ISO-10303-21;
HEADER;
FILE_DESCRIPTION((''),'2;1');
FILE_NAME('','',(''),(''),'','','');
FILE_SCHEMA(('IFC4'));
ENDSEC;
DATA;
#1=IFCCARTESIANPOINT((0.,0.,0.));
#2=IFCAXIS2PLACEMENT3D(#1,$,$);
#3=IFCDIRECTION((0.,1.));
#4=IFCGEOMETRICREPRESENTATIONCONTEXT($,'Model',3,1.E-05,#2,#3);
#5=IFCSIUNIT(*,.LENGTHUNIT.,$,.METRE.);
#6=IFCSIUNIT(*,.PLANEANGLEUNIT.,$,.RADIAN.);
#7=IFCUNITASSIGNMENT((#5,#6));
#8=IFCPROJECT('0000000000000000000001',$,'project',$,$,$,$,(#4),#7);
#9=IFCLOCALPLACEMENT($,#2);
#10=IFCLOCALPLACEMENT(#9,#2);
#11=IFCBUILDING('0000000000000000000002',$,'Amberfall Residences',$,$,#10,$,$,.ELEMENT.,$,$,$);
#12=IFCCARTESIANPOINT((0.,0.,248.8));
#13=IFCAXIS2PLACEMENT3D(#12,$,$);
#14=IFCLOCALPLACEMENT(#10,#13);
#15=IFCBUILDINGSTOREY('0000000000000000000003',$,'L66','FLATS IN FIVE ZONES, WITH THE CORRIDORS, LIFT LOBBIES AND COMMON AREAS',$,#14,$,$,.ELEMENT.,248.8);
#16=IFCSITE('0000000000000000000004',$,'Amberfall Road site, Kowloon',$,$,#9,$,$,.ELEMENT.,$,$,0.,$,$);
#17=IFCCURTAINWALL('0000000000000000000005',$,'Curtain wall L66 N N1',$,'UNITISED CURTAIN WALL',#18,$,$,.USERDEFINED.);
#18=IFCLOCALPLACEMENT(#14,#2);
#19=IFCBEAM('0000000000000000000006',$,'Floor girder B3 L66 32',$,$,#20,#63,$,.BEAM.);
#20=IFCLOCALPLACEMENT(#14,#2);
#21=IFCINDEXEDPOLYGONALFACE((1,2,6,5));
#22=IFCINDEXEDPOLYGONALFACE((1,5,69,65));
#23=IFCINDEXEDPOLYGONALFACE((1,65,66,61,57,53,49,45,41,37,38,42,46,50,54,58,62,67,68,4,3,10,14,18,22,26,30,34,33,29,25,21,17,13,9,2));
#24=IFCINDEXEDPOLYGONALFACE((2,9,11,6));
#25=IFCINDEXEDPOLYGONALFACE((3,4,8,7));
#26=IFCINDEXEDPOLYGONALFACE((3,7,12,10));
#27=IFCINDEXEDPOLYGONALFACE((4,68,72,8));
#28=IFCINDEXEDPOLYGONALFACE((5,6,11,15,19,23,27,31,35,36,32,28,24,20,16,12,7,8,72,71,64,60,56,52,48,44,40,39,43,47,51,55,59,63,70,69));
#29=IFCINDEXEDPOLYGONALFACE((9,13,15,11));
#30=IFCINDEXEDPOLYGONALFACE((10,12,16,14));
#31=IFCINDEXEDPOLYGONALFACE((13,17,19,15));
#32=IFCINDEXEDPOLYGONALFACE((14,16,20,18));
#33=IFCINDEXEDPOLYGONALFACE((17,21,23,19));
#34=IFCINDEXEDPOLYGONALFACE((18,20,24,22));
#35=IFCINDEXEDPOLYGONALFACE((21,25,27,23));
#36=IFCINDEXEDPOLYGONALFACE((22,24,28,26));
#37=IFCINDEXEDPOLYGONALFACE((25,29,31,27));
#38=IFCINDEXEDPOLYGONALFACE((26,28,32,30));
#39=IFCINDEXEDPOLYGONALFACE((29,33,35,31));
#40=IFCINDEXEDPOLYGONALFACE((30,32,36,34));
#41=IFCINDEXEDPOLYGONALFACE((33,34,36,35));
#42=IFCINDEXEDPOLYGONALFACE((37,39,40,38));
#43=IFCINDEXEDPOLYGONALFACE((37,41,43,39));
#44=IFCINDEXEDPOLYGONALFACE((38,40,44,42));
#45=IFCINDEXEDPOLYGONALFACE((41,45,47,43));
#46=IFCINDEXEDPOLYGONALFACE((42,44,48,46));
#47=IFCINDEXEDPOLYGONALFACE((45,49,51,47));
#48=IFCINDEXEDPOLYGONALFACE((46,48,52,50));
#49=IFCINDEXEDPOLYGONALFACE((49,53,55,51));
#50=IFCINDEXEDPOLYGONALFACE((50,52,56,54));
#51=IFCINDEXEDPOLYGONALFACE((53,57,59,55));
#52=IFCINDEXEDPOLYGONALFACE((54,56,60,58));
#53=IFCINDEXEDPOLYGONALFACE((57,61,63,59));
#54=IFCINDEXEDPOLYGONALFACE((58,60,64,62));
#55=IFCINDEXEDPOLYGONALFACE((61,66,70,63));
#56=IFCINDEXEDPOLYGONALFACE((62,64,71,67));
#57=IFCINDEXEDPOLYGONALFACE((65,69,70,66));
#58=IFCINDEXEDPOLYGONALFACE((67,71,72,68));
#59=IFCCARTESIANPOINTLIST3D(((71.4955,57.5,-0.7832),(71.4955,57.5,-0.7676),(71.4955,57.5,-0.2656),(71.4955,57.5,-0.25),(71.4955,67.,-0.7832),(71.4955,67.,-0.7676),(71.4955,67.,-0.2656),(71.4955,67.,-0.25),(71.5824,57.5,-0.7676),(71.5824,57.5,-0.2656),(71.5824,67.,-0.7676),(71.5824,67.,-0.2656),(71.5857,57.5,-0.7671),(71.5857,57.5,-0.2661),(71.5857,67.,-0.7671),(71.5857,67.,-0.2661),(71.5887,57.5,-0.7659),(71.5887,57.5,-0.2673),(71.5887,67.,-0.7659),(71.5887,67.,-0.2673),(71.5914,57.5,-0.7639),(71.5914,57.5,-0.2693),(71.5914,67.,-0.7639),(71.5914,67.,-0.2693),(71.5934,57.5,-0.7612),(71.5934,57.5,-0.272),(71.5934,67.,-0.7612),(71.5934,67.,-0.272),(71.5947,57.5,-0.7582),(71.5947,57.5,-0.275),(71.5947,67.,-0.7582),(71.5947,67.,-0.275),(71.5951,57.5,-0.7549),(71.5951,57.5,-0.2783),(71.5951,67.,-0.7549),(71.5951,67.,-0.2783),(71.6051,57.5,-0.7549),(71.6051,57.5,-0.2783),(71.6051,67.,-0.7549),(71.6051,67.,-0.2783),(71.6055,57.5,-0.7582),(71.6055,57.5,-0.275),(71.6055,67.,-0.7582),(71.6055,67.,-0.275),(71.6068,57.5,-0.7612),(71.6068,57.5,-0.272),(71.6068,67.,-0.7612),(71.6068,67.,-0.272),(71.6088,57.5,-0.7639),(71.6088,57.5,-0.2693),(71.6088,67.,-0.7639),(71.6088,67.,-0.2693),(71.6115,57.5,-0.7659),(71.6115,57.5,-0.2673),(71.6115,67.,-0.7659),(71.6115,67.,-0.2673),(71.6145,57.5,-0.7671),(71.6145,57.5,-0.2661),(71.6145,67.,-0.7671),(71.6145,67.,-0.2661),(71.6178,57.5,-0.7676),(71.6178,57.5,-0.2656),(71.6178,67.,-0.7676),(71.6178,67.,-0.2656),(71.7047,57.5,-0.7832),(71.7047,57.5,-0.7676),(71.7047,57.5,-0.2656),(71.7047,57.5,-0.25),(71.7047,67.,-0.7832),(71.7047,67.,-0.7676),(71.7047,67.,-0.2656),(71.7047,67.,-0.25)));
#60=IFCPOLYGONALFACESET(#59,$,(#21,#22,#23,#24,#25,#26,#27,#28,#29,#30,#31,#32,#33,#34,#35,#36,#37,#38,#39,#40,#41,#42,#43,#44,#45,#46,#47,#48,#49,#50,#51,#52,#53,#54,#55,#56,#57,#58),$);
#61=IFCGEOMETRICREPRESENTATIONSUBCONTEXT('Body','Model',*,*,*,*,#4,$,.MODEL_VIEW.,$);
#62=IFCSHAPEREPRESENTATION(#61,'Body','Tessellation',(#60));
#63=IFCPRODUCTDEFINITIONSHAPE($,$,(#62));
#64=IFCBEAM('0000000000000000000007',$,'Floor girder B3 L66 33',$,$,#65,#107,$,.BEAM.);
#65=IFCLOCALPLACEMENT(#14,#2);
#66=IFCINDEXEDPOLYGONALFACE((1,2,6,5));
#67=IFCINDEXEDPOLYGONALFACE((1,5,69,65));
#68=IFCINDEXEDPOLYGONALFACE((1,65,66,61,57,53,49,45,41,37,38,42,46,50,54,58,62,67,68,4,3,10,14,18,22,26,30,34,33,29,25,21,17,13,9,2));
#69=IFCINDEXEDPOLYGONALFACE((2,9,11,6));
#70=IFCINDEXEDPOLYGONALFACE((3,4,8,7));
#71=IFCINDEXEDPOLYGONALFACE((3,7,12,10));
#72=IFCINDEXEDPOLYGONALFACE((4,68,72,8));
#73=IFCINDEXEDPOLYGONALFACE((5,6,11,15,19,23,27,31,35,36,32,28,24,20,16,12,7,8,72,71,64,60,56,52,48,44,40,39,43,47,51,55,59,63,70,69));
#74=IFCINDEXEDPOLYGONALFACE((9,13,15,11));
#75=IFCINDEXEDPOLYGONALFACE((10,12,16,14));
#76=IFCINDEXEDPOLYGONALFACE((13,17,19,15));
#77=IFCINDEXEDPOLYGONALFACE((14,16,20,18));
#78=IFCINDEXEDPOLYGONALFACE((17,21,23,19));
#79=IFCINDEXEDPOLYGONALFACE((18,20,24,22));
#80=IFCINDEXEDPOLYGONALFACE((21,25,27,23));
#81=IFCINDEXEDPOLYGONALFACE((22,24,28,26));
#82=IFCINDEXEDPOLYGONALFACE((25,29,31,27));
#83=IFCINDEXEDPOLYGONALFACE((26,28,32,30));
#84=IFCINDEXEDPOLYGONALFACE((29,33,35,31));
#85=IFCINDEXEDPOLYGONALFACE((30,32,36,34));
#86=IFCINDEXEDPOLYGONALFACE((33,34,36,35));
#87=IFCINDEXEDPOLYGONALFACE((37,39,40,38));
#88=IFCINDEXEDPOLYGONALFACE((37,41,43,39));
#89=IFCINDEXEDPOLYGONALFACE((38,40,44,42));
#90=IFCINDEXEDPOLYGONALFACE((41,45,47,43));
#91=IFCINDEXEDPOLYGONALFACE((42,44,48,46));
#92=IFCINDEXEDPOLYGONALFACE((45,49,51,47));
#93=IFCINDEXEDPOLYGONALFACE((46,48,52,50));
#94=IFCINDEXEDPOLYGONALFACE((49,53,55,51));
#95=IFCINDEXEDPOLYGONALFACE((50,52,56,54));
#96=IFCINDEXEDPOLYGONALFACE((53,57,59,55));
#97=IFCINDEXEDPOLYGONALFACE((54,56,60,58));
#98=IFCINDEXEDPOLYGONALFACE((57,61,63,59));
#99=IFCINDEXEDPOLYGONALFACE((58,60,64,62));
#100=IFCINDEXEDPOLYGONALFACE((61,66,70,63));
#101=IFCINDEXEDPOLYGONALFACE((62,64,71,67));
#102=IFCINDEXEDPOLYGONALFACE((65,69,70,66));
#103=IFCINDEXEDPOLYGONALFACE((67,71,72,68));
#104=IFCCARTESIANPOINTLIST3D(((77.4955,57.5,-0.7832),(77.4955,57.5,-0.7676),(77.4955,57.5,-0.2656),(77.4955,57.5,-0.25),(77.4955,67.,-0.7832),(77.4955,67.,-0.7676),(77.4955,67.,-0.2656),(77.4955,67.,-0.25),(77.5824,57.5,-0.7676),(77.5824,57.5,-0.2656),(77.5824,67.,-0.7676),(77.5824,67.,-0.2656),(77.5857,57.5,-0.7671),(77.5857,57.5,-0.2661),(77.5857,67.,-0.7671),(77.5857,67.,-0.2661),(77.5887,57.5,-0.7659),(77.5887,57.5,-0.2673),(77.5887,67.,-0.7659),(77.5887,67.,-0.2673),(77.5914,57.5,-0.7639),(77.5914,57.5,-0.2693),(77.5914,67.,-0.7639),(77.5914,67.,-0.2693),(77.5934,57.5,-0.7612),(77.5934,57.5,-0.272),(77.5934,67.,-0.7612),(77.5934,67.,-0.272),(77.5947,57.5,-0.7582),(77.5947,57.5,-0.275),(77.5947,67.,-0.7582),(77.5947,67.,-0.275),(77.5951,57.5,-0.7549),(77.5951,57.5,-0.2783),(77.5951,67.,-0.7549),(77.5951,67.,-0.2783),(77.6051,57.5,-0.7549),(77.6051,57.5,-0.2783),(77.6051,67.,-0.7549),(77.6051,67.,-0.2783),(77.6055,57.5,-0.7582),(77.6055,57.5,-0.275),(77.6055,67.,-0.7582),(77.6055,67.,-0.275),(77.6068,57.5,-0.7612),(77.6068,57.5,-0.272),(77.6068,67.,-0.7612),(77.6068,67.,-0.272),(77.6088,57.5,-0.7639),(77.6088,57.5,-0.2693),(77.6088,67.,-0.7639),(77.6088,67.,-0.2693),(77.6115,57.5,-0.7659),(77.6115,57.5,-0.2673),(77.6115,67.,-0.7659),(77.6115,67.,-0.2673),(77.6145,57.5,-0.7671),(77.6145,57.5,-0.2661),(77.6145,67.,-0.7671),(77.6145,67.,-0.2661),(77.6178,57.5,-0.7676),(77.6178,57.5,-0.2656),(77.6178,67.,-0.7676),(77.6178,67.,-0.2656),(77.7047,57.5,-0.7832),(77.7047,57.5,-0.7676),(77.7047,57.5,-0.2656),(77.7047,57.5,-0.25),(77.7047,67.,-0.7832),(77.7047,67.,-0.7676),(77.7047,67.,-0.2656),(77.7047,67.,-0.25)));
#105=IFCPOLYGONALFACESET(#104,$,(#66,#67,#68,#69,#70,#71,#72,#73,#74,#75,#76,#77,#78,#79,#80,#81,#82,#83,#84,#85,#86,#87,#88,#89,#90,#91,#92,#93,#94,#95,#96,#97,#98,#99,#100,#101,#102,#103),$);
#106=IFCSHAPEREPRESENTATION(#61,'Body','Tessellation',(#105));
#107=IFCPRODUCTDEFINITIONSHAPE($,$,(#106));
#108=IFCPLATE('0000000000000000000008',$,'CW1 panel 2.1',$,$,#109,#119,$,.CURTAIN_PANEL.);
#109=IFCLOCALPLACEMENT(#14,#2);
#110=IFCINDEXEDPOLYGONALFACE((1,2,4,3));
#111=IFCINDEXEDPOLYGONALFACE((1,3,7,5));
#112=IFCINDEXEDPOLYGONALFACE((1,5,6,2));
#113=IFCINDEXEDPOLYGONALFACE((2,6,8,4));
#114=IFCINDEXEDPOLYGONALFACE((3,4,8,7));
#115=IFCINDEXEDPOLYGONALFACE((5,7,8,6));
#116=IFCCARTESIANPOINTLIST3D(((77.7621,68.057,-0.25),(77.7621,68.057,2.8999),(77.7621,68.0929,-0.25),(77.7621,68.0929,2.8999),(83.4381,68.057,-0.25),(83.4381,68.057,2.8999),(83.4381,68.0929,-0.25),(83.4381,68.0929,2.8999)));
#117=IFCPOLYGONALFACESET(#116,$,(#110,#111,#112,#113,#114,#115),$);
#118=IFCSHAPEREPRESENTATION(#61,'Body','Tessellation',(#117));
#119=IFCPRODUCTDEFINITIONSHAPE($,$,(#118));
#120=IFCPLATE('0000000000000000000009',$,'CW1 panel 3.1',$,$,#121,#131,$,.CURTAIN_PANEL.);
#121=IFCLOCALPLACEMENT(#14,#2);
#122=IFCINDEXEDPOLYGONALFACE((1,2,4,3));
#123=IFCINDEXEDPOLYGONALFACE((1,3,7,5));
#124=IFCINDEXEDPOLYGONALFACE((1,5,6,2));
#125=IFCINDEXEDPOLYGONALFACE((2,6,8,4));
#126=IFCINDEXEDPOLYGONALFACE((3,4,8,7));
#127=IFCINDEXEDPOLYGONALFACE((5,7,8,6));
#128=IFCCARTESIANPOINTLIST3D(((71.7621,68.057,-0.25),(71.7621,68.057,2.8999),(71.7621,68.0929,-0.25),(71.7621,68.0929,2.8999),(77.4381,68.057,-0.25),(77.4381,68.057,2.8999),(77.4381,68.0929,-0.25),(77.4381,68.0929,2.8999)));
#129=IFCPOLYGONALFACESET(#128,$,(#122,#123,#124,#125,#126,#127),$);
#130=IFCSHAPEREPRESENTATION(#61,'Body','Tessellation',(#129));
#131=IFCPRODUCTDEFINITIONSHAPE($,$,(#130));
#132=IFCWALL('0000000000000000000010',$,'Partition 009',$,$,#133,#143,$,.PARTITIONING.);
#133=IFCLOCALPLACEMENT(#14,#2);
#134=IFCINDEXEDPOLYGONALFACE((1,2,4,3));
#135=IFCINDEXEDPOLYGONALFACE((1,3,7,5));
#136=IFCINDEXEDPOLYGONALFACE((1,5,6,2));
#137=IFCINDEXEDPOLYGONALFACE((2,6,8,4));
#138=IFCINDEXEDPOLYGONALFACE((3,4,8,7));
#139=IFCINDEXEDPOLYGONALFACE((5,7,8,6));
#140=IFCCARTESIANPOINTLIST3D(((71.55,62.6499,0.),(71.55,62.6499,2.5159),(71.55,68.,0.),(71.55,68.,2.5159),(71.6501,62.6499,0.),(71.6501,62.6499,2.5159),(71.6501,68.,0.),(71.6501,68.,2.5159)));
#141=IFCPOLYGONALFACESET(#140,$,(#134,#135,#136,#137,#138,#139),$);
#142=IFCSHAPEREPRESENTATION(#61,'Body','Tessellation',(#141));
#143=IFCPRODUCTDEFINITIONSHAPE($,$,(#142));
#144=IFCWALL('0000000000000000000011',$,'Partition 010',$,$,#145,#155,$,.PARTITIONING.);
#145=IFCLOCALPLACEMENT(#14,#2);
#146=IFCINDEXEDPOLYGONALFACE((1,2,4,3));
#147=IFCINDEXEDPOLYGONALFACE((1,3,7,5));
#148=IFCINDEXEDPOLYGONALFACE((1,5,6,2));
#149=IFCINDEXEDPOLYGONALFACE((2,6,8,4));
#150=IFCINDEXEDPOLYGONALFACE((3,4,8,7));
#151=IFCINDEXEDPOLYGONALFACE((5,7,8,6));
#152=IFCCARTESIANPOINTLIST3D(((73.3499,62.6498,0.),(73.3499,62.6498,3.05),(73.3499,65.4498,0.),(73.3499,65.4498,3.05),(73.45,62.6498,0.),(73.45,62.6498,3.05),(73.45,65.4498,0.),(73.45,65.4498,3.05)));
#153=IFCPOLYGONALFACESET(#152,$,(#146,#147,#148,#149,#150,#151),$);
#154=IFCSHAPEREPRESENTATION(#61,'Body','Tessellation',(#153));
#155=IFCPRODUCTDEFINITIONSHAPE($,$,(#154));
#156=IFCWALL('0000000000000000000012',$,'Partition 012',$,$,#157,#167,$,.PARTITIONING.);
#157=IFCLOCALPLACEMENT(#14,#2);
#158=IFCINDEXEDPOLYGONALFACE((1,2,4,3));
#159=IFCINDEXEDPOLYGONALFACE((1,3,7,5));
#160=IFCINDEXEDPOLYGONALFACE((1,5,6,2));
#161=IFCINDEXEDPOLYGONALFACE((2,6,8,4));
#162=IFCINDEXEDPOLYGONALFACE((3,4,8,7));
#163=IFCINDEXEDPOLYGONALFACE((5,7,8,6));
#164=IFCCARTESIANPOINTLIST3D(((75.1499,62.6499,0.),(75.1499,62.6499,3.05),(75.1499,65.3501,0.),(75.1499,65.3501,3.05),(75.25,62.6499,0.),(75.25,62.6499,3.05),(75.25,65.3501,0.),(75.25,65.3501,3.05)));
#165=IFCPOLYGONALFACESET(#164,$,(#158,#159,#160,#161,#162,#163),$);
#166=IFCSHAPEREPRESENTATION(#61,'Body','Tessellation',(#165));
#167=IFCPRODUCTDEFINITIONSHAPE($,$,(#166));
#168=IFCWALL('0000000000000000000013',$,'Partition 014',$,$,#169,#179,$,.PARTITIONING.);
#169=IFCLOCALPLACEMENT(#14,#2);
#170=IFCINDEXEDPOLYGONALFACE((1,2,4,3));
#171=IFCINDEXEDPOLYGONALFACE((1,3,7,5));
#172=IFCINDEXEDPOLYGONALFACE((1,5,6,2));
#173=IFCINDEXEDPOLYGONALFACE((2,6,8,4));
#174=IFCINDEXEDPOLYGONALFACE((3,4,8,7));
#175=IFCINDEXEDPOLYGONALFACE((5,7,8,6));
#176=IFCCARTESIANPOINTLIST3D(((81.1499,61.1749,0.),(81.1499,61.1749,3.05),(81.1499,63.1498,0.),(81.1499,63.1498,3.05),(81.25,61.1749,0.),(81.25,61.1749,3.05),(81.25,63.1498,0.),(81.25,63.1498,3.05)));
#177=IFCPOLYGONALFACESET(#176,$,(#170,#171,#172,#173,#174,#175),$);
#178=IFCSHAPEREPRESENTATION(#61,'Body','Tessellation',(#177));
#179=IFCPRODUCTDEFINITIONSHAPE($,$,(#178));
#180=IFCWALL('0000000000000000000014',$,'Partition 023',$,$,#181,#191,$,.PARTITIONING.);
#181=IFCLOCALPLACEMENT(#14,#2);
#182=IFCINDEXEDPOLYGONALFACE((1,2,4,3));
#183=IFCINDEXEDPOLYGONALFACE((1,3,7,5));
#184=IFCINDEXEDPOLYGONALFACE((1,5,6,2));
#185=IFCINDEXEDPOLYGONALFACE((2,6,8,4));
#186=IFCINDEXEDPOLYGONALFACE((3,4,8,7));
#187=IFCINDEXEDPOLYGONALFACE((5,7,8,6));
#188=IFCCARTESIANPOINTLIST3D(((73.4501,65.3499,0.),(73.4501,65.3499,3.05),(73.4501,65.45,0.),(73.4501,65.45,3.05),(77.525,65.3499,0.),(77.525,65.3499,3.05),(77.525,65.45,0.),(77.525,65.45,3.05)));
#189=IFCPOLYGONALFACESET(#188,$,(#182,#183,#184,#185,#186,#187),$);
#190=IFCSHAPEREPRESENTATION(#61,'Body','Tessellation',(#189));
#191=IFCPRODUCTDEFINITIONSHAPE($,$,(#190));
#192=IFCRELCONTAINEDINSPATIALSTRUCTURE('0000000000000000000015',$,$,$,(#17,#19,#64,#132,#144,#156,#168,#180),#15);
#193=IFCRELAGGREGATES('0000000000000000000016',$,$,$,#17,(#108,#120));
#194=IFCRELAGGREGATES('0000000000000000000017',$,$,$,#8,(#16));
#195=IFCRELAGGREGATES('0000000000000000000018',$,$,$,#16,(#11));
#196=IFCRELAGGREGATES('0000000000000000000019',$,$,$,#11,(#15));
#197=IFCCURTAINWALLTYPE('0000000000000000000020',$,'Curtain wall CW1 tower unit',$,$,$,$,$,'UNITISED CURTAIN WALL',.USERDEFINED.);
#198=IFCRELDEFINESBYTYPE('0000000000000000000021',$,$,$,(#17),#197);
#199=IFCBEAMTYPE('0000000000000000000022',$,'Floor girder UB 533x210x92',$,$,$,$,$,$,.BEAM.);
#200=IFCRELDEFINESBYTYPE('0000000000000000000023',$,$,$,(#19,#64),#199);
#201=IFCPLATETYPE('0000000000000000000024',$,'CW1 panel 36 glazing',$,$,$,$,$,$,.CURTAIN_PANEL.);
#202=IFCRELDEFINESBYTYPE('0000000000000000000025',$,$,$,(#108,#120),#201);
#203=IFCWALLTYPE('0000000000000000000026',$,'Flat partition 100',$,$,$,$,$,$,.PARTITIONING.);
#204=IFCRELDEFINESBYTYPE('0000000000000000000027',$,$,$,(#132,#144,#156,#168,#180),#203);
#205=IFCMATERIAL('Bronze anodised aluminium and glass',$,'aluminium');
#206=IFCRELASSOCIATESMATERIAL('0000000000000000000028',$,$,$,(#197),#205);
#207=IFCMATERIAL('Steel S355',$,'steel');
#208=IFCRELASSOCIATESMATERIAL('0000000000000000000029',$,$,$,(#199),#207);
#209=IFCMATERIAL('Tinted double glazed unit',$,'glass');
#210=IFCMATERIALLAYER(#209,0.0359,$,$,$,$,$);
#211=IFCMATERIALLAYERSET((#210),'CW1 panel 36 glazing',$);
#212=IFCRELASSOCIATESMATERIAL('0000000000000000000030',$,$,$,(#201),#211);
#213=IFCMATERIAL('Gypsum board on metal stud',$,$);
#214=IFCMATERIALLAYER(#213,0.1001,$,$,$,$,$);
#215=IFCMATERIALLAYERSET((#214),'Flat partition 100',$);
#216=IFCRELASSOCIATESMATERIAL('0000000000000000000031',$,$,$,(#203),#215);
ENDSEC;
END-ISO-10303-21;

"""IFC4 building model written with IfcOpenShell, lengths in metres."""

from ifc_helpers import new_model, si_unit, direction, frame, frame_2d, origin, origin_2d, place, context, subcontext, project, spatial, rectangle, i_section, extrude, material, layer, layer_set, material_profile, profile_set, type_object, element, aggregate, save


model = new_model("IFC4")

# Units and contexts
model_context = context("Model", 3, precision=1e-05, world=origin(), true_north=direction((0.0, 1.0)))
body_context = subcontext(model_context, "Body", "Model", "MODEL_VIEW")
ifc_project = project(units=[si_unit("LENGTHUNIT", "METRE"), si_unit("PLANEANGLEUNIT", "RADIAN")], contexts=[model_context])

# Site, building, storey
site_placement = place(None, origin())
site = spatial("IfcSite", under=ifc_project, at=site_placement, Name="Amberfall Road site, Kowloon", CompositionType="ELEMENT", RefElevation=0.0)
building_placement = place(site_placement, origin())
building = spatial("IfcBuilding", under=site, at=building_placement, Name="Amberfall Residences", CompositionType="ELEMENT")
storey_placement = place(building_placement, frame((0.0, 0.0, 248.8)))
storey = spatial("IfcBuildingStorey", under=building, at=storey_placement, Name="L66", Description="FLATS IN FIVE ZONES, WITH THE CORRIDORS, LIFT LOBBIES AND COMMON AREAS", CompositionType="ELEMENT", Elevation=248.8)

# Curtain wall
ifc_material_1 = material(Name="Bronze anodised aluminium and glass", Category="aluminium")
curtain_wall_type = type_object("IfcCurtainWallType", Name="Curtain wall CW1 tower unit", ElementType="UNITISED CURTAIN WALL", PredefinedType="USERDEFINED", material=ifc_material_1)
curtain_wall_placement = place(storey_placement, origin())
curtain_wall = element("IfcCurtainWall", 1, at=curtain_wall_placement, inside=storey, type_object=curtain_wall_type, Name="Curtain wall L66 N N1", ObjectType="UNITISED CURTAIN WALL", PredefinedType="USERDEFINED")

# Shared definitions
ifc_material_2 = material(Name="Steel S355", Category="steel")

# Beams
ifc_material_profile_1 = material_profile(ifc_material_2, i_section(OverallWidth=0.2092, OverallDepth=0.5332, WebThickness=0.01, FlangeThickness=0.0156, FilletRadius=0.0127, at=origin_2d()), Name="UB 533x210x92")
ifc_profile_set_1 = profile_set([ifc_material_profile_1], Name="Steel S355")
beam_type_1 = type_object("IfcBeamType", Name="Floor girder UB 533x210x92", PredefinedType="BEAM", material=ifc_profile_set_1)
for number, where, z_axis, x_axis, name in (
    (2, (71.6001, 67.0, -0.5166), (0.0, -1.0, 0.0), (1.0, 0.0, 0.0), "Floor girder B3 L66 32"),
    (3, (77.6001, 67.0, -0.5166), (0.0, -1.0, 0.0), (1.0, 0.0, 0.0), "Floor girder B3 L66 33"),
):
    element("IfcBeam", number, at=place(storey_placement, frame(where, z_axis=z_axis, x_axis=x_axis)), inside=storey, type_object=beam_type_1, Name=name, PredefinedType="BEAM", context=body_context, shape_type="SweptSolid", body=[
        extrude(i_section(OverallWidth=0.2092, OverallDepth=0.5332, WebThickness=0.01, FlangeThickness=0.0156, FilletRadius=0.0127, at=origin_2d()), origin(), (0.0, 0.0, 1.0), 9.5),
    ])

# Plates
ifc_material_3 = material(Name="Tinted double glazed unit", Category="glass")
ifc_layer_1 = layer(ifc_material_3, 0.0359)
ifc_layer_set_1 = layer_set([ifc_layer_1], Name="CW1 panel 36 glazing")
plate_type = type_object("IfcPlateType", Name="CW1 panel 36 glazing", PredefinedType="CURTAIN_PANEL", material=ifc_layer_set_1)
plate_1_placement = place(storey_placement, frame((80.6001, 68.075, -0.25), z_axis=(0.0, 0.0, 1.0), x_axis=(-1.0, 0.0, 0.0)))
plate_1 = element("IfcPlate", 4, at=plate_1_placement, type_object=plate_type, Name="CW1 panel 2.1", PredefinedType="CURTAIN_PANEL", context=body_context, shape_type="SweptSolid", body=[
    extrude(rectangle(XDim=5.676, YDim=0.0359, at=origin_2d()), origin(), (0.0, 0.0, 1.0), 3.1499),
])
plate_2_placement = place(storey_placement, frame((74.6001, 68.075, -0.25), z_axis=(0.0, 0.0, 1.0), x_axis=(-1.0, 0.0, 0.0)))
plate_2 = element("IfcPlate", 5, at=plate_2_placement, type_object=plate_type, Name="CW1 panel 3.1", PredefinedType="CURTAIN_PANEL", context=body_context, shape_type="SweptSolid", body=[
    extrude(rectangle(XDim=5.676, YDim=0.0359, at=origin_2d()), origin(), (0.0, 0.0, 1.0), 3.1499),
])
aggregate(curtain_wall, [plate_1, plate_2])

# Walls
ifc_material_4 = material(Name="Gypsum board on metal stud")
ifc_layer_2 = layer(ifc_material_4, 0.1001)
ifc_layer_set_2 = layer_set([ifc_layer_2], Name="Flat partition 100")
wall_type_1 = type_object("IfcWallType", Name="Flat partition 100", PredefinedType="PARTITIONING", material=ifc_layer_set_2)
wall_1_placement = place(storey_placement, frame((71.6001, 62.6499, 0.0), z_axis=(0.0, 0.0, 1.0), x_axis=(0.0, 1.0, 0.0)))
element("IfcWall", 6, at=wall_1_placement, inside=storey, type_object=wall_type_1, Name="Partition 009", PredefinedType="PARTITIONING", context=body_context, shape_type="SweptSolid", body=[
    extrude(rectangle(XDim=5.3501, YDim=0.1001, at=frame_2d((2.675, 0.0))), origin(), (0.0, 0.0, 1.0), 2.5159),
])
wall_2_placement = place(storey_placement, frame((73.3999, 62.6499, 0.0), z_axis=(0.0, 0.0, 1.0), x_axis=(0.0, 1.0, 0.0)))
element("IfcWall", 7, at=wall_2_placement, inside=storey, type_object=wall_type_1, Name="Partition 010", PredefinedType="PARTITIONING", context=body_context, shape_type="SweptSolid", body=[
    extrude(rectangle(XDim=2.8, YDim=0.1001, at=frame_2d((1.3999, 0.0))), origin(), (0.0, 0.0, 1.0), 3.05),
])
wall_3_placement = place(storey_placement, frame((75.2, 62.6499, 0.0), z_axis=(0.0, 0.0, 1.0), x_axis=(0.0, 1.0, 0.0)))
element("IfcWall", 8, at=wall_3_placement, inside=storey, type_object=wall_type_1, Name="Partition 012", PredefinedType="PARTITIONING", context=body_context, shape_type="SweptSolid", body=[
    extrude(rectangle(XDim=2.7002, YDim=0.1001, at=frame_2d((1.3501, 0.0))), origin(), (0.0, 0.0, 1.0), 3.05),
])
wall_4_placement = place(storey_placement, frame((81.2, 61.175, 0.0), z_axis=(0.0, 0.0, 1.0), x_axis=(0.0, 1.0, 0.0)))
element("IfcWall", 9, at=wall_4_placement, inside=storey, type_object=wall_type_1, Name="Partition 014", PredefinedType="PARTITIONING", context=body_context, shape_type="SweptSolid", body=[
    extrude(rectangle(XDim=1.9749, YDim=0.1001, at=frame_2d((0.9873, 0.0))), origin(), (0.0, 0.0, 1.0), 3.05),
])
wall_5_placement = place(storey_placement, frame((73.45, 65.3999, 0.0), z_axis=(0.0, 0.0, 1.0), x_axis=(1.0, 0.0, 0.0)))
element("IfcWall", 10, at=wall_5_placement, inside=storey, type_object=wall_type_1, Name="Partition 023", PredefinedType="PARTITIONING", context=body_context, shape_type="SweptSolid", body=[
    extrude(rectangle(XDim=4.075, YDim=0.1001, at=frame_2d((2.0376, 0.0))), origin(), (0.0, 0.0, 1.0), 3.05),
])

save(model, "model.ifc")
